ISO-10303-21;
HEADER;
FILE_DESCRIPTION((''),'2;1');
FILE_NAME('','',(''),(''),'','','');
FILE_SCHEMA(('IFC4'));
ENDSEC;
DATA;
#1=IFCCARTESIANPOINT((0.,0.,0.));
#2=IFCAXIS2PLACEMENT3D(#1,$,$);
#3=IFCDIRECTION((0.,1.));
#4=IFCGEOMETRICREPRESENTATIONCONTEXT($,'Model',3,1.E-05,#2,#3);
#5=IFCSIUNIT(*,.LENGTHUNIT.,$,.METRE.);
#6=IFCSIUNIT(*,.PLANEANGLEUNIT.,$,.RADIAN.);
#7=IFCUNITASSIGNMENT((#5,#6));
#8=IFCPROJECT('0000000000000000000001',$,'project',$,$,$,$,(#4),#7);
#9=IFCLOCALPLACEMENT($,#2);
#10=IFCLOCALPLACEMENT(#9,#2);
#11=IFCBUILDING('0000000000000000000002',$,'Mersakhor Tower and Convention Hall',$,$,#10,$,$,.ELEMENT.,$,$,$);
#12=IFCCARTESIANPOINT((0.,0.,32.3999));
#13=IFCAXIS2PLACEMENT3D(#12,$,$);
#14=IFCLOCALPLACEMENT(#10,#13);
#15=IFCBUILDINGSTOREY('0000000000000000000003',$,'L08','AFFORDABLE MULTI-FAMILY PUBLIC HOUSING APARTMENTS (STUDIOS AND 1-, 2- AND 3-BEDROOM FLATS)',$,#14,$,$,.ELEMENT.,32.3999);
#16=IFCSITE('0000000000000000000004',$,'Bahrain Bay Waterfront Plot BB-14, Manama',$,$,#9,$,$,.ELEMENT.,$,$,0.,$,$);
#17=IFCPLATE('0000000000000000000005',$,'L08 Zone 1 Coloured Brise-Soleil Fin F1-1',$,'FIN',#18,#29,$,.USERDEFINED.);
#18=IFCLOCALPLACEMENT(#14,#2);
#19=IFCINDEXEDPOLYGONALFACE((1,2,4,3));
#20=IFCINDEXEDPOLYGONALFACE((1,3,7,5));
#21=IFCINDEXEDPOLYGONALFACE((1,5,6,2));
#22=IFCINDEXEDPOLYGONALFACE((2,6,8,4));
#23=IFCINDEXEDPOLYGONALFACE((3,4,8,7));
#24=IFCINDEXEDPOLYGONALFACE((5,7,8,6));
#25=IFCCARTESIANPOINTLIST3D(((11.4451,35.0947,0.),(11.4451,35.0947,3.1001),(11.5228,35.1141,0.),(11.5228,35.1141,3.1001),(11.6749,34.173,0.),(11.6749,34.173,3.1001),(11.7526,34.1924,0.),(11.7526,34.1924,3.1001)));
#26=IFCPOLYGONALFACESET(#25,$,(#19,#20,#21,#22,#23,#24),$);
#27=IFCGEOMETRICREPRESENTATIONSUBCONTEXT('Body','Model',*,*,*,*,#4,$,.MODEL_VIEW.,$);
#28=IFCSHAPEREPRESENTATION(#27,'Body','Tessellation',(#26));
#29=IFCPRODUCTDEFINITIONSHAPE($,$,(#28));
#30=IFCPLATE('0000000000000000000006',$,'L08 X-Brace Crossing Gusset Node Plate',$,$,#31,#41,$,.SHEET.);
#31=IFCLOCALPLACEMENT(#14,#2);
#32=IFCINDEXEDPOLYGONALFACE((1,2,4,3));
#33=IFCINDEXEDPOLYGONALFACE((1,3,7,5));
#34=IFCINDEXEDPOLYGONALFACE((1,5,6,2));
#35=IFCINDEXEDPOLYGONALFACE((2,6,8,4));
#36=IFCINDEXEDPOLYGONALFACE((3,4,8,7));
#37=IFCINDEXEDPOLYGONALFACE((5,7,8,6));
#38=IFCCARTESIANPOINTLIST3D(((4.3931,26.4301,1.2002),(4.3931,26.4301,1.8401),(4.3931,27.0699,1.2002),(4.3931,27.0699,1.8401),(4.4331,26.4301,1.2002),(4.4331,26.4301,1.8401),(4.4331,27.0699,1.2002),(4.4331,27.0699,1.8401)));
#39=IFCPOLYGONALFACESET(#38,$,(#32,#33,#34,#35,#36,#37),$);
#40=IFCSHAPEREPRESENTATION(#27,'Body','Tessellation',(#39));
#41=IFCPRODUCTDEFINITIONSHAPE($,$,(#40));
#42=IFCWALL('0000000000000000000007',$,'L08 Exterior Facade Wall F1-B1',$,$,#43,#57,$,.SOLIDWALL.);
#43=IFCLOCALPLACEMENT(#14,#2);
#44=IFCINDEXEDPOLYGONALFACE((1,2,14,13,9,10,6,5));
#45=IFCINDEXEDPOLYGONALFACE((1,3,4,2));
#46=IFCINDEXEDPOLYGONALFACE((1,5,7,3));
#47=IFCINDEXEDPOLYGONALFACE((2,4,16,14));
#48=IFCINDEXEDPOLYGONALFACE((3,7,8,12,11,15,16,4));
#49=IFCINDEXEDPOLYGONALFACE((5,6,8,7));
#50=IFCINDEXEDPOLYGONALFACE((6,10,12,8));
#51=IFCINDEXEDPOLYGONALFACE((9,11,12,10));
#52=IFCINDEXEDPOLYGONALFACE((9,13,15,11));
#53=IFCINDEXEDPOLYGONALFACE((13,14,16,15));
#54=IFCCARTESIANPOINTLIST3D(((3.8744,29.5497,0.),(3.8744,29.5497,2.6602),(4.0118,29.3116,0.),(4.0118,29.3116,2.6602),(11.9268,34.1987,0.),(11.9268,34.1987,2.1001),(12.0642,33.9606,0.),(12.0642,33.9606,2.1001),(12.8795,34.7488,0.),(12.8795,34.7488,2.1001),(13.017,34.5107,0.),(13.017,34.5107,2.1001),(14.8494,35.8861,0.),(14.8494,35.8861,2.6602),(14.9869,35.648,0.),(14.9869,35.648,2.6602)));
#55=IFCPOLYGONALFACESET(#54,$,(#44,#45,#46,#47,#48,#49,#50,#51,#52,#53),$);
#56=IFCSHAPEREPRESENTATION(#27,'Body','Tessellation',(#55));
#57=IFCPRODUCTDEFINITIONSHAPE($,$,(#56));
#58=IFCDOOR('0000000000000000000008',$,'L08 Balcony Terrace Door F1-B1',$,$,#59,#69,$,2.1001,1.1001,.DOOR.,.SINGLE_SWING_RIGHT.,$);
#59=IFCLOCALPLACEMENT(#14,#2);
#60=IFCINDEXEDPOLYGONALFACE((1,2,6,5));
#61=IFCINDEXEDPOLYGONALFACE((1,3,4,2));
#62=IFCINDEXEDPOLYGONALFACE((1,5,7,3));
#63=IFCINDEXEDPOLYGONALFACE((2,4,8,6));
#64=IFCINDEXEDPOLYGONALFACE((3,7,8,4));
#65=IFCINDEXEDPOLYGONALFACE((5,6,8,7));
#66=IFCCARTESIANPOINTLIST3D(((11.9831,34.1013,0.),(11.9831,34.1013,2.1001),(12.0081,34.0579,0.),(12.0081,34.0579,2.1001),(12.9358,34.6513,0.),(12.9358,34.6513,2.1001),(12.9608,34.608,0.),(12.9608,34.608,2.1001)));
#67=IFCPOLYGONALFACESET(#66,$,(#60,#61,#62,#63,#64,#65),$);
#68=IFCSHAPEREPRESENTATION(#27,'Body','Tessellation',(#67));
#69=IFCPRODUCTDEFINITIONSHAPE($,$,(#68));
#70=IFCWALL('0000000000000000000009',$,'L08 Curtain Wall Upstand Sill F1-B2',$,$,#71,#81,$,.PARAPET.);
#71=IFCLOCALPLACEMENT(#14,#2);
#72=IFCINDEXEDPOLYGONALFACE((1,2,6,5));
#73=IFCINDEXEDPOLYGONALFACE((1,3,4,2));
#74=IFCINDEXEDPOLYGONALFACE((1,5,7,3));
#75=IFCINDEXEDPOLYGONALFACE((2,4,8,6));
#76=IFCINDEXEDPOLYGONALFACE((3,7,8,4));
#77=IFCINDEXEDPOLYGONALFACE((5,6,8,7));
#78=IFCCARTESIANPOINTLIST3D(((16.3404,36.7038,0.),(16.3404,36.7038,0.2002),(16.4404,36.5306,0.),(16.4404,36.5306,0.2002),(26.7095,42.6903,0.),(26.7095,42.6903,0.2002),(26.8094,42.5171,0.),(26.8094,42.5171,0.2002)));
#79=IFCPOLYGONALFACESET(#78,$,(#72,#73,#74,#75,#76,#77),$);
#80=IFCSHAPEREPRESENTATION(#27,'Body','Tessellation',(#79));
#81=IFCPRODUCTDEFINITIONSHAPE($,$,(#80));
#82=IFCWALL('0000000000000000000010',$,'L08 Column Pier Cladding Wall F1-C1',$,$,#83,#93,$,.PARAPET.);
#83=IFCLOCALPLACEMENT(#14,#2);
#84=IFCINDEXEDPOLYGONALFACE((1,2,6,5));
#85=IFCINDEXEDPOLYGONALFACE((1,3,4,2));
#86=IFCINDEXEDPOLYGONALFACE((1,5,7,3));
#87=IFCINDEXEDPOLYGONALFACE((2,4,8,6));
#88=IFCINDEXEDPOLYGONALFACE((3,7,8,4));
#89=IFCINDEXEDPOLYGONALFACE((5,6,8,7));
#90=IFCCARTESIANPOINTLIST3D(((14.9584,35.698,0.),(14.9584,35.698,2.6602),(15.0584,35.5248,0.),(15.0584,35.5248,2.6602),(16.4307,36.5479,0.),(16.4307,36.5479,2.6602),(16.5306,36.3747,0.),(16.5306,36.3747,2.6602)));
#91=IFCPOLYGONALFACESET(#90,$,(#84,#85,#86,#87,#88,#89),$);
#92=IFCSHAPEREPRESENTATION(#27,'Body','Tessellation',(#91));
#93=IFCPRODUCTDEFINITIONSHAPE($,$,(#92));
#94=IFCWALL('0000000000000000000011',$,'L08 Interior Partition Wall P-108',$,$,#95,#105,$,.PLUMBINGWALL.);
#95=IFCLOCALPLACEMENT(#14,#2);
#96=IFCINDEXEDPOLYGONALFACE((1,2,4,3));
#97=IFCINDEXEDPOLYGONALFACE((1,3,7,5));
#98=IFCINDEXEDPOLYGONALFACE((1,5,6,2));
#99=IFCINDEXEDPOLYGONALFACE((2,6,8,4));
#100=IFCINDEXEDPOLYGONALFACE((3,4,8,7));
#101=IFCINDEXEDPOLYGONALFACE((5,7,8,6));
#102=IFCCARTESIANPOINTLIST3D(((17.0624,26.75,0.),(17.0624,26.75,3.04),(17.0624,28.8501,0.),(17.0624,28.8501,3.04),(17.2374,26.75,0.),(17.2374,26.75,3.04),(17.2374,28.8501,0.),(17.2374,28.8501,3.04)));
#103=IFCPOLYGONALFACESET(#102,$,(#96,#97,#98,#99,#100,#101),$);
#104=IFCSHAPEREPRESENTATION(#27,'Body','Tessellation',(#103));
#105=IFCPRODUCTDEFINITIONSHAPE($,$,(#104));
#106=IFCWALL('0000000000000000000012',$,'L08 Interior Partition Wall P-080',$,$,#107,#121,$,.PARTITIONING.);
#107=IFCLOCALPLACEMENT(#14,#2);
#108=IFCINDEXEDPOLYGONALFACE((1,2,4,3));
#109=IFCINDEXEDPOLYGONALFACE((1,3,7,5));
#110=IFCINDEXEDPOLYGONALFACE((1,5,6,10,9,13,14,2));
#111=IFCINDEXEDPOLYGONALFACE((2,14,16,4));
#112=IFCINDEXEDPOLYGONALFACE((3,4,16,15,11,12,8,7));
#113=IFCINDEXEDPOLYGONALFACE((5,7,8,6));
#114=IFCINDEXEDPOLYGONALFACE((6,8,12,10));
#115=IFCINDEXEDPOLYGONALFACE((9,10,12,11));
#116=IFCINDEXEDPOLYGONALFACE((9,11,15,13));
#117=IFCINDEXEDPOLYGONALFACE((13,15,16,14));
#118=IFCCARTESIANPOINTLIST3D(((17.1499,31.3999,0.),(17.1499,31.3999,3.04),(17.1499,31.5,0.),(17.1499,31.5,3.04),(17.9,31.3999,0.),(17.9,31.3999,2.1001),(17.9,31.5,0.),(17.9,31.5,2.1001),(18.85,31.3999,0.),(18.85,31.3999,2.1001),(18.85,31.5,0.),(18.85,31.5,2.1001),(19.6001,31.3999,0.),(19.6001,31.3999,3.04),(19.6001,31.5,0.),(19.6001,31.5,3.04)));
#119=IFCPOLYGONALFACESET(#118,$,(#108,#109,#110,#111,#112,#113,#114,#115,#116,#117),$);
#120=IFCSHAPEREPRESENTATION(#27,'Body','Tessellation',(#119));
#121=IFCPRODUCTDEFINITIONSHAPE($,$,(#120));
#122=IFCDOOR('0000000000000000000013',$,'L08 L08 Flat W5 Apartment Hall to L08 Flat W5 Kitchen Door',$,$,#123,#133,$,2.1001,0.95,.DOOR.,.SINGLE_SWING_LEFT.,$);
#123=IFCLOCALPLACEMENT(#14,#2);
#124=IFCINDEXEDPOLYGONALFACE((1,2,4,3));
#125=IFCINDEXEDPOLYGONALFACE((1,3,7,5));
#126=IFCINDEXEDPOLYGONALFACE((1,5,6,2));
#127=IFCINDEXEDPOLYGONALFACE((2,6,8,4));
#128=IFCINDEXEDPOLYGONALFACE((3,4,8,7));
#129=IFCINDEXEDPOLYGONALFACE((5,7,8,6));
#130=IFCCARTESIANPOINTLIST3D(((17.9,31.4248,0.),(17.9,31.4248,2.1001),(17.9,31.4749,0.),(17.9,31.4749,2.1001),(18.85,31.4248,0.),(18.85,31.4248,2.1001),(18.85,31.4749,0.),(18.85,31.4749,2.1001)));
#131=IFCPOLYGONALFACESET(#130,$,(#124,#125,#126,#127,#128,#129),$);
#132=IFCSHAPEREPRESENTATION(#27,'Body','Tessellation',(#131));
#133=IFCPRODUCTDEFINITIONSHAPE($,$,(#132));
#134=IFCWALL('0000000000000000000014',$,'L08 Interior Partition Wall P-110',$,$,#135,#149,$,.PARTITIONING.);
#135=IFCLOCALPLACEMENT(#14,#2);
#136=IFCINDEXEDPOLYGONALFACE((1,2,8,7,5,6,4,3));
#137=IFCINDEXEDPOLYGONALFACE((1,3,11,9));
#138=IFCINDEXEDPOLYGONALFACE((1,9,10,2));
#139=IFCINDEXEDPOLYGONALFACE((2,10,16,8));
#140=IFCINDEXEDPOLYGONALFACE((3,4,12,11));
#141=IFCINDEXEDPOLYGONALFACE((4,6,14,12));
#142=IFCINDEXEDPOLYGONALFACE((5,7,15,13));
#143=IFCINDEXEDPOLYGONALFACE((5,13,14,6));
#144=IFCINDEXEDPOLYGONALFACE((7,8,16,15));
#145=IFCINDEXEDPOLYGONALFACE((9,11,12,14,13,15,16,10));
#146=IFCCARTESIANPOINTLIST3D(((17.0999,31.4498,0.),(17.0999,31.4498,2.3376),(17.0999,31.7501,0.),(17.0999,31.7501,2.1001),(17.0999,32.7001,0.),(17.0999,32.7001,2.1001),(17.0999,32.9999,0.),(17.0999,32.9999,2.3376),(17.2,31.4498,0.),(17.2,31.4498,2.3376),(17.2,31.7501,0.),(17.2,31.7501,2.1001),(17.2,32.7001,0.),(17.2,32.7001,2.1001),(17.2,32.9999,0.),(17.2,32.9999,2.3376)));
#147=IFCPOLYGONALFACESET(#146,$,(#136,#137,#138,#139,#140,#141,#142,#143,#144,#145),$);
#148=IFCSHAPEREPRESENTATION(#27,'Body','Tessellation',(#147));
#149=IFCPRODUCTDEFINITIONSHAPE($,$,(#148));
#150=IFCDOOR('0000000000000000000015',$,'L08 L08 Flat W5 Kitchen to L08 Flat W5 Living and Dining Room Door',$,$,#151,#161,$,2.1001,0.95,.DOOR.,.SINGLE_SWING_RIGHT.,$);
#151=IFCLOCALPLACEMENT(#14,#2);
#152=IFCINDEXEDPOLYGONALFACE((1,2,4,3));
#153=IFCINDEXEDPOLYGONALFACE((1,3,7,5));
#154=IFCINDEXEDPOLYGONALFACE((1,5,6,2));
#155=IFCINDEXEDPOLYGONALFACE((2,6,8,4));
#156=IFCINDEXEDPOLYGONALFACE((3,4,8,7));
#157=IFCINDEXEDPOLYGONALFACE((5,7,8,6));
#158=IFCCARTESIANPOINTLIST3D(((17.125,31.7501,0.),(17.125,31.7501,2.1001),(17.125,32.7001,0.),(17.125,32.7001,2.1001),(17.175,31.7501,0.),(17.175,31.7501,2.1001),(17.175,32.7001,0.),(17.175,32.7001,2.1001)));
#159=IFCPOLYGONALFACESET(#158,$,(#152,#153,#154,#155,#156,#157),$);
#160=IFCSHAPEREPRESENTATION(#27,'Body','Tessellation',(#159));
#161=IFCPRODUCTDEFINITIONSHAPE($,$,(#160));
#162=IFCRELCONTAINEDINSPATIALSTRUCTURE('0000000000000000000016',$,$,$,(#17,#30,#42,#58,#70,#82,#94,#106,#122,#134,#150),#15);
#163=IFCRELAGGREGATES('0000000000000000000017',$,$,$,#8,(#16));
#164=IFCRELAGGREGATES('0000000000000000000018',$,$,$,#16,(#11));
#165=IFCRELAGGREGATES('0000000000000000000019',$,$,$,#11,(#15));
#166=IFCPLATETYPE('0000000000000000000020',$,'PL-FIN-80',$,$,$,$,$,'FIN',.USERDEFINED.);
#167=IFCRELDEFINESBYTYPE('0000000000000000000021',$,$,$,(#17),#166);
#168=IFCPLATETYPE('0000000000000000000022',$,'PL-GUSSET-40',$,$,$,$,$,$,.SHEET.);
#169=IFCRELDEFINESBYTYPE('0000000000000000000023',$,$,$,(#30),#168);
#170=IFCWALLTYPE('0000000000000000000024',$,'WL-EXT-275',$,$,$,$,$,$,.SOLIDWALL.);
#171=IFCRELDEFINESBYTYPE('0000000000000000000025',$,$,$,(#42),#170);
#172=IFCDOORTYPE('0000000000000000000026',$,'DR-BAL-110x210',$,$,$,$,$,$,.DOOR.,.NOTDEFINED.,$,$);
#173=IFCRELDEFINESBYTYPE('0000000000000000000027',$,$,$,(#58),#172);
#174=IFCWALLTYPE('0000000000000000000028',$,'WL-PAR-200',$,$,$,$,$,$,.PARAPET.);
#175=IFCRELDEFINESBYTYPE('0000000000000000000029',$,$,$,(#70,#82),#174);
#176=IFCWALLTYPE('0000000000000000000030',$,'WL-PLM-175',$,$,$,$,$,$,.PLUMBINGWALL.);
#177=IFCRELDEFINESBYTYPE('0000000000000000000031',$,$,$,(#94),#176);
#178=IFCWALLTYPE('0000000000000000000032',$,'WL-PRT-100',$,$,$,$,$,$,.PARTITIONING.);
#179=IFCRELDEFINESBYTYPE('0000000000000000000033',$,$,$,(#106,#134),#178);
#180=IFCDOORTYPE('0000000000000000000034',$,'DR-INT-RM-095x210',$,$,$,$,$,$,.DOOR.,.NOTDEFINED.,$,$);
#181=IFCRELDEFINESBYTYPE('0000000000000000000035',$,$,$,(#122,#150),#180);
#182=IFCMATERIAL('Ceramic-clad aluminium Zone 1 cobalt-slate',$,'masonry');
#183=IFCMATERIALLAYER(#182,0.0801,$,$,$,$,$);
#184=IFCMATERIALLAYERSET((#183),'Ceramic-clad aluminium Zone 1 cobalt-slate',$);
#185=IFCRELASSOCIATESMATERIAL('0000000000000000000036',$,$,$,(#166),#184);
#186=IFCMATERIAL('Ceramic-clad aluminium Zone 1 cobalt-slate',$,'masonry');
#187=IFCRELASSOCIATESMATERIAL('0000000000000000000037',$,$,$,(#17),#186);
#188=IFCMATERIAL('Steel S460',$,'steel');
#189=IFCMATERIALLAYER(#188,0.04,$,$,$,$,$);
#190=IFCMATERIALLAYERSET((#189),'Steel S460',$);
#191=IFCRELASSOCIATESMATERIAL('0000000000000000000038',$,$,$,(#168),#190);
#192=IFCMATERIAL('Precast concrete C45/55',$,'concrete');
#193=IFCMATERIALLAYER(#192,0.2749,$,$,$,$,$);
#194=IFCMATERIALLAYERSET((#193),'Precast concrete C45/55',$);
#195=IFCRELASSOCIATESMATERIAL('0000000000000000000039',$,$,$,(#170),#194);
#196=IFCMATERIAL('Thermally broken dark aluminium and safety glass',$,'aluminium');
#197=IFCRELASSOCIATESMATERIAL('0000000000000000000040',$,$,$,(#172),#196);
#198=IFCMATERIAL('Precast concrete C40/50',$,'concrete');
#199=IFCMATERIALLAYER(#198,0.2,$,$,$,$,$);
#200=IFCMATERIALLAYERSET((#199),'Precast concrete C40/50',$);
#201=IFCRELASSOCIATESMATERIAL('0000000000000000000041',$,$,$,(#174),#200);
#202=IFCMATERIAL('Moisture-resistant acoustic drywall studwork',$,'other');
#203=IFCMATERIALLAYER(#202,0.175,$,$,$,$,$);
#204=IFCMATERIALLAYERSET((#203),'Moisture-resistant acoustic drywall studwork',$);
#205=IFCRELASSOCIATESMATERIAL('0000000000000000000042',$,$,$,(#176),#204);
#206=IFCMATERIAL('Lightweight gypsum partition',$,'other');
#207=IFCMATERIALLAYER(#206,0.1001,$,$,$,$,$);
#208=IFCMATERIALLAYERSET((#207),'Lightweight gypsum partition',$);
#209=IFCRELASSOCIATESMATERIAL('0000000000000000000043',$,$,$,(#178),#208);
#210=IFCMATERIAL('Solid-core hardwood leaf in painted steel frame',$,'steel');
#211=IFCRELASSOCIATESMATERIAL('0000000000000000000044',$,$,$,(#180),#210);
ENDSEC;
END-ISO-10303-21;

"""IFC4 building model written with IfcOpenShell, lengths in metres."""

from ifc_helpers import new_model, si_unit, direction, frame, frame_2d, origin, origin_2d, place, context, subcontext, project, spatial, rectangle, extrude, material, layer, layer_set, type_object, element, fill, save


model = new_model("IFC4")

# Units and contexts
model_context = context("Model", 3, precision=1e-05, world=origin(), true_north=direction((0.0, 1.0)))
body_context = subcontext(model_context, "Body", "Model", "MODEL_VIEW")
ifc_project = project(units=[si_unit("LENGTHUNIT", "METRE"), si_unit("PLANEANGLEUNIT", "RADIAN")], contexts=[model_context])

# Site, building, storey
site_placement = place(None, origin())
site = spatial("IfcSite", under=ifc_project, at=site_placement, Name="Bahrain Bay Waterfront Plot BB-14, Manama", CompositionType="ELEMENT", RefElevation=0.0)
building_placement = place(site_placement, origin())
building = spatial("IfcBuilding", under=site, at=building_placement, Name="Mersakhor Tower and Convention Hall", CompositionType="ELEMENT")
storey_placement = place(building_placement, frame((0.0, 0.0, 32.3999)))
storey = spatial("IfcBuildingStorey", under=building, at=storey_placement, Name="L08", Description="AFFORDABLE MULTI-FAMILY PUBLIC HOUSING APARTMENTS (STUDIOS AND 1-, 2- AND 3-BEDROOM FLATS)", CompositionType="ELEMENT", Elevation=32.3999)

# Plates
ifc_material_1 = material(Name="Ceramic-clad aluminium Zone 1 cobalt-slate", Category="masonry")
ifc_material_2 = material(Name="Ceramic-clad aluminium Zone 1 cobalt-slate", Category="masonry")
ifc_layer_1 = layer(ifc_material_2, 0.0801)
ifc_layer_set_1 = layer_set([ifc_layer_1], Name="Ceramic-clad aluminium Zone 1 cobalt-slate")
plate_type_1 = type_object("IfcPlateType", Name="PL-FIN-80", ElementType="FIN", PredefinedType="USERDEFINED", material=ifc_layer_set_1)
plate_1_placement = place(storey_placement, frame((11.5989, 34.6436, 0.0), z_axis=(0.0, 0.0, 1.0), x_axis=(-0.241922, 0.970296, 0.0)))
element("IfcPlate", 1, at=plate_1_placement, inside=storey, type_object=plate_type_1, material=ifc_material_1, Name="L08 Zone 1 Coloured Brise-Soleil Fin F1-1", ObjectType="FIN", PredefinedType="USERDEFINED", context=body_context, shape_type="SweptSolid", body=[
    extrude(rectangle(XDim=0.95, YDim=0.0801, at=origin_2d()), origin(), (0.0, 0.0, 1.0), 3.1001),
])
ifc_material_3 = material(Name="Steel S460", Category="steel")
ifc_layer_2 = layer(ifc_material_3, 0.04)
ifc_layer_set_2 = layer_set([ifc_layer_2], Name="Steel S460")
plate_type_2 = type_object("IfcPlateType", Name="PL-GUSSET-40", PredefinedType="SHEET", material=ifc_layer_set_2)
plate_2_placement = place(storey_placement, frame((4.4131, 26.75, 1.2002), z_axis=(0.0, 0.0, 1.0), x_axis=(0.0, -1.0, 0.0)))
element("IfcPlate", 2, at=plate_2_placement, inside=storey, type_object=plate_type_2, Name="L08 X-Brace Crossing Gusset Node Plate", PredefinedType="SHEET", context=body_context, shape_type="SweptSolid", body=[
    extrude(rectangle(XDim=0.6399, YDim=0.04, at=origin_2d()), origin(), (0.0, 0.0, 1.0), 0.6399),
])

# Wall, opening, door
ifc_material_4 = material(Name="Precast concrete C45/55", Category="concrete")
ifc_layer_3 = layer(ifc_material_4, 0.2749)
ifc_layer_set_3 = layer_set([ifc_layer_3], Name="Precast concrete C45/55")
wall_type_1 = type_object("IfcWallType", Name="WL-EXT-275", PredefinedType="SOLIDWALL", material=ifc_layer_set_3)
wall_1_placement = place(storey_placement, frame((3.9431, 29.4307, 0.0), z_axis=(0.0, 0.0, 1.0), x_axis=(0.866027, 0.499997, 0.0)))
wall_1 = element("IfcWall", 3, at=wall_1_placement, inside=storey, type_object=wall_type_1, Name="L08 Exterior Facade Wall F1-B1", PredefinedType="SOLIDWALL", context=body_context, shape_type="SweptSolid", body=[
    extrude(rectangle(XDim=12.6729, YDim=0.2749, at=frame_2d((6.3364, 0.0))), origin(), (0.0, 0.0, 1.0), 2.6602),
])
opening_1_placement = place(wall_1_placement, frame((9.2981, 0.0, 0.0)))
opening_1 = element("IfcOpeningElement", 4, at=opening_1_placement, cuts=wall_1, PredefinedType="OPENING", context=body_context, shape_type="SweptSolid", body=[
    extrude(rectangle(XDim=1.1001, YDim=2.1001, at=frame_2d((0.55, 1.05))), frame((0.0, 0.1475, 0.0), z_axis=(0.0, -1.0, 0.0), x_axis=(1.0, 0.0, 0.0)), (0.0, 0.0, 1.0), 0.2949),
])
ifc_material_5 = material(Name="Thermally broken dark aluminium and safety glass", Category="aluminium")
door_type_1 = type_object("IfcDoorType", Name="DR-BAL-110x210", OperationType="NOTDEFINED", PredefinedType="DOOR", material=ifc_material_5)
door_1_placement = place(opening_1_placement, origin())
door_1 = element("IfcDoor", 5, at=door_1_placement, inside=storey, type_object=door_type_1, Name="L08 Balcony Terrace Door F1-B1", OperationType="SINGLE_SWING_RIGHT", OverallHeight=2.1001, OverallWidth=1.1001, PredefinedType="DOOR", context=body_context, shape_type="SweptSolid", body=[
    extrude(rectangle(XDim=1.1001, YDim=2.1001, at=frame_2d((0.55, 1.05))), frame((0.0, 0.0249, 0.0), z_axis=(0.0, -1.0, 0.0), x_axis=(1.0, 0.0, 0.0)), (0.0, 0.0, 1.0), 0.05),
])
fill(opening_1, door_1)

# Walls
ifc_material_6 = material(Name="Precast concrete C40/50", Category="concrete")
ifc_layer_4 = layer(ifc_material_6, 0.2)
ifc_layer_set_4 = layer_set([ifc_layer_4], Name="Precast concrete C40/50")
wall_type_2 = type_object("IfcWallType", Name="WL-PAR-200", PredefinedType="PARAPET", material=ifc_layer_set_4)
wall_2_placement = place(storey_placement, frame((16.3904, 36.6172, 0.0), z_axis=(0.0, 0.0, 1.0), x_axis=(0.866027, 0.499997, 0.0)))
element("IfcWall", 6, at=wall_2_placement, inside=storey, type_object=wall_type_2, Name="L08 Curtain Wall Upstand Sill F1-B2", PredefinedType="PARAPET", context=body_context, shape_type="SweptSolid", body=[
    extrude(rectangle(XDim=11.9731, YDim=0.2, at=frame_2d((5.9866, 0.0))), origin(), (0.0, 0.0, 1.0), 0.2002),
])
wall_3_placement = place(storey_placement, frame((15.0083, 35.6113, 0.0), z_axis=(0.0, 0.0, 1.0), x_axis=(0.866052, 0.499955, 0.0)))
element("IfcWall", 7, at=wall_3_placement, inside=storey, type_object=wall_type_2, Name="L08 Column Pier Cladding Wall F1-C1", PredefinedType="PARAPET", context=body_context, shape_type="SweptSolid", body=[
    extrude(rectangle(XDim=1.7, YDim=0.2, at=frame_2d((0.8501, 0.0))), origin(), (0.0, 0.0, 1.0), 2.6602),
])
ifc_material_7 = material(Name="Moisture-resistant acoustic drywall studwork", Category="other")
ifc_layer_5 = layer(ifc_material_7, 0.175)
ifc_layer_set_5 = layer_set([ifc_layer_5], Name="Moisture-resistant acoustic drywall studwork")
wall_type_3 = type_object("IfcWallType", Name="WL-PLM-175", PredefinedType="PLUMBINGWALL", material=ifc_layer_set_5)
wall_4_placement = place(storey_placement, frame((17.1499, 26.75, 0.0), z_axis=(0.0, 0.0, 1.0), x_axis=(0.0, 1.0, 0.0)))
element("IfcWall", 8, at=wall_4_placement, inside=storey, type_object=wall_type_3, Name="L08 Interior Partition Wall P-108", PredefinedType="PLUMBINGWALL", context=body_context, shape_type="SweptSolid", body=[
    extrude(rectangle(XDim=2.1001, YDim=0.175, at=frame_2d((1.05, 0.0))), origin(), (0.0, 0.0, 1.0), 3.04),
])

# Walls, openings, doors
ifc_material_8 = material(Name="Lightweight gypsum partition", Category="other")
ifc_layer_6 = layer(ifc_material_8, 0.1001)
ifc_layer_set_6 = layer_set([ifc_layer_6], Name="Lightweight gypsum partition")
wall_type_4 = type_object("IfcWallType", Name="WL-PRT-100", PredefinedType="PARTITIONING", material=ifc_layer_set_6)
wall_5_placement = place(storey_placement, frame((17.1499, 31.45, 0.0), z_axis=(0.0, 0.0, 1.0), x_axis=(1.0, 0.0, 0.0)))
wall_5 = element("IfcWall", 9, at=wall_5_placement, inside=storey, type_object=wall_type_4, Name="L08 Interior Partition Wall P-080", PredefinedType="PARTITIONING", context=body_context, shape_type="SweptSolid", body=[
    extrude(rectangle(XDim=2.4502, YDim=0.1001, at=frame_2d((1.2251, 0.0))), origin(), (0.0, 0.0, 1.0), 3.04),
])
opening_2_placement = place(wall_5_placement, frame((0.75, 0.0, 0.0)))
opening_2 = element("IfcOpeningElement", 10, at=opening_2_placement, cuts=wall_5, PredefinedType="OPENING", context=body_context, shape_type="SweptSolid", body=[
    extrude(rectangle(XDim=0.95, YDim=2.1001, at=frame_2d((0.4751, 1.05))), frame((0.0, 0.0601, 0.0), z_axis=(0.0, -1.0, 0.0), x_axis=(1.0, 0.0, 0.0)), (0.0, 0.0, 1.0), 0.1201),
])
ifc_material_9 = material(Name="Solid-core hardwood leaf in painted steel frame", Category="steel")
door_type_2 = type_object("IfcDoorType", Name="DR-INT-RM-095x210", OperationType="NOTDEFINED", PredefinedType="DOOR", material=ifc_material_9)
door_2_placement = place(opening_2_placement, origin())
door_2 = element("IfcDoor", 11, at=door_2_placement, inside=storey, type_object=door_type_2, Name="L08 L08 Flat W5 Apartment Hall to L08 Flat W5 Kitchen Door", OperationType="SINGLE_SWING_LEFT", OverallHeight=2.1001, OverallWidth=0.95, PredefinedType="DOOR", context=body_context, shape_type="SweptSolid", body=[
    extrude(rectangle(XDim=0.95, YDim=2.1001, at=frame_2d((0.4751, 1.05))), frame((0.0, 0.0249, 0.0), z_axis=(0.0, -1.0, 0.0), x_axis=(1.0, 0.0, 0.0)), (0.0, 0.0, 1.0), 0.05),
])
fill(opening_2, door_2)
wall_6_placement = place(storey_placement, frame((17.1499, 31.45, 0.0), z_axis=(0.0, 0.0, 1.0), x_axis=(0.0, 1.0, 0.0)))
wall_6 = element("IfcWall", 12, at=wall_6_placement, inside=storey, type_object=wall_type_4, Name="L08 Interior Partition Wall P-110", PredefinedType="PARTITIONING", context=body_context, shape_type="SweptSolid", body=[
    extrude(rectangle(XDim=1.55, YDim=0.1001, at=frame_2d((0.7749, 0.0))), origin(), (0.0, 0.0, 1.0), 2.3376),
])
opening_3_placement = place(wall_6_placement, frame((0.3, 0.0, 0.0)))
opening_3 = element("IfcOpeningElement", 13, at=opening_3_placement, cuts=wall_6, PredefinedType="OPENING", context=body_context, shape_type="SweptSolid", body=[
    extrude(rectangle(XDim=0.95, YDim=2.1001, at=frame_2d((0.4751, 1.05))), frame((0.0, 0.0601, 0.0), z_axis=(0.0, -1.0, 0.0), x_axis=(1.0, 0.0, 0.0)), (0.0, 0.0, 1.0), 0.1201),
])
door_3_placement = place(opening_3_placement, origin())
door_3 = element("IfcDoor", 14, at=door_3_placement, inside=storey, type_object=door_type_2, Name="L08 L08 Flat W5 Kitchen to L08 Flat W5 Living and Dining Room Door", OperationType="SINGLE_SWING_RIGHT", OverallHeight=2.1001, OverallWidth=0.95, PredefinedType="DOOR", context=body_context, shape_type="SweptSolid", body=[
    extrude(rectangle(XDim=0.95, YDim=2.1001, at=frame_2d((0.4751, 1.05))), frame((0.0, 0.0249, 0.0), z_axis=(0.0, -1.0, 0.0), x_axis=(1.0, 0.0, 0.0)), (0.0, 0.0, 1.0), 0.05),
])
fill(opening_3, door_3)

save(model, "model.ifc")
